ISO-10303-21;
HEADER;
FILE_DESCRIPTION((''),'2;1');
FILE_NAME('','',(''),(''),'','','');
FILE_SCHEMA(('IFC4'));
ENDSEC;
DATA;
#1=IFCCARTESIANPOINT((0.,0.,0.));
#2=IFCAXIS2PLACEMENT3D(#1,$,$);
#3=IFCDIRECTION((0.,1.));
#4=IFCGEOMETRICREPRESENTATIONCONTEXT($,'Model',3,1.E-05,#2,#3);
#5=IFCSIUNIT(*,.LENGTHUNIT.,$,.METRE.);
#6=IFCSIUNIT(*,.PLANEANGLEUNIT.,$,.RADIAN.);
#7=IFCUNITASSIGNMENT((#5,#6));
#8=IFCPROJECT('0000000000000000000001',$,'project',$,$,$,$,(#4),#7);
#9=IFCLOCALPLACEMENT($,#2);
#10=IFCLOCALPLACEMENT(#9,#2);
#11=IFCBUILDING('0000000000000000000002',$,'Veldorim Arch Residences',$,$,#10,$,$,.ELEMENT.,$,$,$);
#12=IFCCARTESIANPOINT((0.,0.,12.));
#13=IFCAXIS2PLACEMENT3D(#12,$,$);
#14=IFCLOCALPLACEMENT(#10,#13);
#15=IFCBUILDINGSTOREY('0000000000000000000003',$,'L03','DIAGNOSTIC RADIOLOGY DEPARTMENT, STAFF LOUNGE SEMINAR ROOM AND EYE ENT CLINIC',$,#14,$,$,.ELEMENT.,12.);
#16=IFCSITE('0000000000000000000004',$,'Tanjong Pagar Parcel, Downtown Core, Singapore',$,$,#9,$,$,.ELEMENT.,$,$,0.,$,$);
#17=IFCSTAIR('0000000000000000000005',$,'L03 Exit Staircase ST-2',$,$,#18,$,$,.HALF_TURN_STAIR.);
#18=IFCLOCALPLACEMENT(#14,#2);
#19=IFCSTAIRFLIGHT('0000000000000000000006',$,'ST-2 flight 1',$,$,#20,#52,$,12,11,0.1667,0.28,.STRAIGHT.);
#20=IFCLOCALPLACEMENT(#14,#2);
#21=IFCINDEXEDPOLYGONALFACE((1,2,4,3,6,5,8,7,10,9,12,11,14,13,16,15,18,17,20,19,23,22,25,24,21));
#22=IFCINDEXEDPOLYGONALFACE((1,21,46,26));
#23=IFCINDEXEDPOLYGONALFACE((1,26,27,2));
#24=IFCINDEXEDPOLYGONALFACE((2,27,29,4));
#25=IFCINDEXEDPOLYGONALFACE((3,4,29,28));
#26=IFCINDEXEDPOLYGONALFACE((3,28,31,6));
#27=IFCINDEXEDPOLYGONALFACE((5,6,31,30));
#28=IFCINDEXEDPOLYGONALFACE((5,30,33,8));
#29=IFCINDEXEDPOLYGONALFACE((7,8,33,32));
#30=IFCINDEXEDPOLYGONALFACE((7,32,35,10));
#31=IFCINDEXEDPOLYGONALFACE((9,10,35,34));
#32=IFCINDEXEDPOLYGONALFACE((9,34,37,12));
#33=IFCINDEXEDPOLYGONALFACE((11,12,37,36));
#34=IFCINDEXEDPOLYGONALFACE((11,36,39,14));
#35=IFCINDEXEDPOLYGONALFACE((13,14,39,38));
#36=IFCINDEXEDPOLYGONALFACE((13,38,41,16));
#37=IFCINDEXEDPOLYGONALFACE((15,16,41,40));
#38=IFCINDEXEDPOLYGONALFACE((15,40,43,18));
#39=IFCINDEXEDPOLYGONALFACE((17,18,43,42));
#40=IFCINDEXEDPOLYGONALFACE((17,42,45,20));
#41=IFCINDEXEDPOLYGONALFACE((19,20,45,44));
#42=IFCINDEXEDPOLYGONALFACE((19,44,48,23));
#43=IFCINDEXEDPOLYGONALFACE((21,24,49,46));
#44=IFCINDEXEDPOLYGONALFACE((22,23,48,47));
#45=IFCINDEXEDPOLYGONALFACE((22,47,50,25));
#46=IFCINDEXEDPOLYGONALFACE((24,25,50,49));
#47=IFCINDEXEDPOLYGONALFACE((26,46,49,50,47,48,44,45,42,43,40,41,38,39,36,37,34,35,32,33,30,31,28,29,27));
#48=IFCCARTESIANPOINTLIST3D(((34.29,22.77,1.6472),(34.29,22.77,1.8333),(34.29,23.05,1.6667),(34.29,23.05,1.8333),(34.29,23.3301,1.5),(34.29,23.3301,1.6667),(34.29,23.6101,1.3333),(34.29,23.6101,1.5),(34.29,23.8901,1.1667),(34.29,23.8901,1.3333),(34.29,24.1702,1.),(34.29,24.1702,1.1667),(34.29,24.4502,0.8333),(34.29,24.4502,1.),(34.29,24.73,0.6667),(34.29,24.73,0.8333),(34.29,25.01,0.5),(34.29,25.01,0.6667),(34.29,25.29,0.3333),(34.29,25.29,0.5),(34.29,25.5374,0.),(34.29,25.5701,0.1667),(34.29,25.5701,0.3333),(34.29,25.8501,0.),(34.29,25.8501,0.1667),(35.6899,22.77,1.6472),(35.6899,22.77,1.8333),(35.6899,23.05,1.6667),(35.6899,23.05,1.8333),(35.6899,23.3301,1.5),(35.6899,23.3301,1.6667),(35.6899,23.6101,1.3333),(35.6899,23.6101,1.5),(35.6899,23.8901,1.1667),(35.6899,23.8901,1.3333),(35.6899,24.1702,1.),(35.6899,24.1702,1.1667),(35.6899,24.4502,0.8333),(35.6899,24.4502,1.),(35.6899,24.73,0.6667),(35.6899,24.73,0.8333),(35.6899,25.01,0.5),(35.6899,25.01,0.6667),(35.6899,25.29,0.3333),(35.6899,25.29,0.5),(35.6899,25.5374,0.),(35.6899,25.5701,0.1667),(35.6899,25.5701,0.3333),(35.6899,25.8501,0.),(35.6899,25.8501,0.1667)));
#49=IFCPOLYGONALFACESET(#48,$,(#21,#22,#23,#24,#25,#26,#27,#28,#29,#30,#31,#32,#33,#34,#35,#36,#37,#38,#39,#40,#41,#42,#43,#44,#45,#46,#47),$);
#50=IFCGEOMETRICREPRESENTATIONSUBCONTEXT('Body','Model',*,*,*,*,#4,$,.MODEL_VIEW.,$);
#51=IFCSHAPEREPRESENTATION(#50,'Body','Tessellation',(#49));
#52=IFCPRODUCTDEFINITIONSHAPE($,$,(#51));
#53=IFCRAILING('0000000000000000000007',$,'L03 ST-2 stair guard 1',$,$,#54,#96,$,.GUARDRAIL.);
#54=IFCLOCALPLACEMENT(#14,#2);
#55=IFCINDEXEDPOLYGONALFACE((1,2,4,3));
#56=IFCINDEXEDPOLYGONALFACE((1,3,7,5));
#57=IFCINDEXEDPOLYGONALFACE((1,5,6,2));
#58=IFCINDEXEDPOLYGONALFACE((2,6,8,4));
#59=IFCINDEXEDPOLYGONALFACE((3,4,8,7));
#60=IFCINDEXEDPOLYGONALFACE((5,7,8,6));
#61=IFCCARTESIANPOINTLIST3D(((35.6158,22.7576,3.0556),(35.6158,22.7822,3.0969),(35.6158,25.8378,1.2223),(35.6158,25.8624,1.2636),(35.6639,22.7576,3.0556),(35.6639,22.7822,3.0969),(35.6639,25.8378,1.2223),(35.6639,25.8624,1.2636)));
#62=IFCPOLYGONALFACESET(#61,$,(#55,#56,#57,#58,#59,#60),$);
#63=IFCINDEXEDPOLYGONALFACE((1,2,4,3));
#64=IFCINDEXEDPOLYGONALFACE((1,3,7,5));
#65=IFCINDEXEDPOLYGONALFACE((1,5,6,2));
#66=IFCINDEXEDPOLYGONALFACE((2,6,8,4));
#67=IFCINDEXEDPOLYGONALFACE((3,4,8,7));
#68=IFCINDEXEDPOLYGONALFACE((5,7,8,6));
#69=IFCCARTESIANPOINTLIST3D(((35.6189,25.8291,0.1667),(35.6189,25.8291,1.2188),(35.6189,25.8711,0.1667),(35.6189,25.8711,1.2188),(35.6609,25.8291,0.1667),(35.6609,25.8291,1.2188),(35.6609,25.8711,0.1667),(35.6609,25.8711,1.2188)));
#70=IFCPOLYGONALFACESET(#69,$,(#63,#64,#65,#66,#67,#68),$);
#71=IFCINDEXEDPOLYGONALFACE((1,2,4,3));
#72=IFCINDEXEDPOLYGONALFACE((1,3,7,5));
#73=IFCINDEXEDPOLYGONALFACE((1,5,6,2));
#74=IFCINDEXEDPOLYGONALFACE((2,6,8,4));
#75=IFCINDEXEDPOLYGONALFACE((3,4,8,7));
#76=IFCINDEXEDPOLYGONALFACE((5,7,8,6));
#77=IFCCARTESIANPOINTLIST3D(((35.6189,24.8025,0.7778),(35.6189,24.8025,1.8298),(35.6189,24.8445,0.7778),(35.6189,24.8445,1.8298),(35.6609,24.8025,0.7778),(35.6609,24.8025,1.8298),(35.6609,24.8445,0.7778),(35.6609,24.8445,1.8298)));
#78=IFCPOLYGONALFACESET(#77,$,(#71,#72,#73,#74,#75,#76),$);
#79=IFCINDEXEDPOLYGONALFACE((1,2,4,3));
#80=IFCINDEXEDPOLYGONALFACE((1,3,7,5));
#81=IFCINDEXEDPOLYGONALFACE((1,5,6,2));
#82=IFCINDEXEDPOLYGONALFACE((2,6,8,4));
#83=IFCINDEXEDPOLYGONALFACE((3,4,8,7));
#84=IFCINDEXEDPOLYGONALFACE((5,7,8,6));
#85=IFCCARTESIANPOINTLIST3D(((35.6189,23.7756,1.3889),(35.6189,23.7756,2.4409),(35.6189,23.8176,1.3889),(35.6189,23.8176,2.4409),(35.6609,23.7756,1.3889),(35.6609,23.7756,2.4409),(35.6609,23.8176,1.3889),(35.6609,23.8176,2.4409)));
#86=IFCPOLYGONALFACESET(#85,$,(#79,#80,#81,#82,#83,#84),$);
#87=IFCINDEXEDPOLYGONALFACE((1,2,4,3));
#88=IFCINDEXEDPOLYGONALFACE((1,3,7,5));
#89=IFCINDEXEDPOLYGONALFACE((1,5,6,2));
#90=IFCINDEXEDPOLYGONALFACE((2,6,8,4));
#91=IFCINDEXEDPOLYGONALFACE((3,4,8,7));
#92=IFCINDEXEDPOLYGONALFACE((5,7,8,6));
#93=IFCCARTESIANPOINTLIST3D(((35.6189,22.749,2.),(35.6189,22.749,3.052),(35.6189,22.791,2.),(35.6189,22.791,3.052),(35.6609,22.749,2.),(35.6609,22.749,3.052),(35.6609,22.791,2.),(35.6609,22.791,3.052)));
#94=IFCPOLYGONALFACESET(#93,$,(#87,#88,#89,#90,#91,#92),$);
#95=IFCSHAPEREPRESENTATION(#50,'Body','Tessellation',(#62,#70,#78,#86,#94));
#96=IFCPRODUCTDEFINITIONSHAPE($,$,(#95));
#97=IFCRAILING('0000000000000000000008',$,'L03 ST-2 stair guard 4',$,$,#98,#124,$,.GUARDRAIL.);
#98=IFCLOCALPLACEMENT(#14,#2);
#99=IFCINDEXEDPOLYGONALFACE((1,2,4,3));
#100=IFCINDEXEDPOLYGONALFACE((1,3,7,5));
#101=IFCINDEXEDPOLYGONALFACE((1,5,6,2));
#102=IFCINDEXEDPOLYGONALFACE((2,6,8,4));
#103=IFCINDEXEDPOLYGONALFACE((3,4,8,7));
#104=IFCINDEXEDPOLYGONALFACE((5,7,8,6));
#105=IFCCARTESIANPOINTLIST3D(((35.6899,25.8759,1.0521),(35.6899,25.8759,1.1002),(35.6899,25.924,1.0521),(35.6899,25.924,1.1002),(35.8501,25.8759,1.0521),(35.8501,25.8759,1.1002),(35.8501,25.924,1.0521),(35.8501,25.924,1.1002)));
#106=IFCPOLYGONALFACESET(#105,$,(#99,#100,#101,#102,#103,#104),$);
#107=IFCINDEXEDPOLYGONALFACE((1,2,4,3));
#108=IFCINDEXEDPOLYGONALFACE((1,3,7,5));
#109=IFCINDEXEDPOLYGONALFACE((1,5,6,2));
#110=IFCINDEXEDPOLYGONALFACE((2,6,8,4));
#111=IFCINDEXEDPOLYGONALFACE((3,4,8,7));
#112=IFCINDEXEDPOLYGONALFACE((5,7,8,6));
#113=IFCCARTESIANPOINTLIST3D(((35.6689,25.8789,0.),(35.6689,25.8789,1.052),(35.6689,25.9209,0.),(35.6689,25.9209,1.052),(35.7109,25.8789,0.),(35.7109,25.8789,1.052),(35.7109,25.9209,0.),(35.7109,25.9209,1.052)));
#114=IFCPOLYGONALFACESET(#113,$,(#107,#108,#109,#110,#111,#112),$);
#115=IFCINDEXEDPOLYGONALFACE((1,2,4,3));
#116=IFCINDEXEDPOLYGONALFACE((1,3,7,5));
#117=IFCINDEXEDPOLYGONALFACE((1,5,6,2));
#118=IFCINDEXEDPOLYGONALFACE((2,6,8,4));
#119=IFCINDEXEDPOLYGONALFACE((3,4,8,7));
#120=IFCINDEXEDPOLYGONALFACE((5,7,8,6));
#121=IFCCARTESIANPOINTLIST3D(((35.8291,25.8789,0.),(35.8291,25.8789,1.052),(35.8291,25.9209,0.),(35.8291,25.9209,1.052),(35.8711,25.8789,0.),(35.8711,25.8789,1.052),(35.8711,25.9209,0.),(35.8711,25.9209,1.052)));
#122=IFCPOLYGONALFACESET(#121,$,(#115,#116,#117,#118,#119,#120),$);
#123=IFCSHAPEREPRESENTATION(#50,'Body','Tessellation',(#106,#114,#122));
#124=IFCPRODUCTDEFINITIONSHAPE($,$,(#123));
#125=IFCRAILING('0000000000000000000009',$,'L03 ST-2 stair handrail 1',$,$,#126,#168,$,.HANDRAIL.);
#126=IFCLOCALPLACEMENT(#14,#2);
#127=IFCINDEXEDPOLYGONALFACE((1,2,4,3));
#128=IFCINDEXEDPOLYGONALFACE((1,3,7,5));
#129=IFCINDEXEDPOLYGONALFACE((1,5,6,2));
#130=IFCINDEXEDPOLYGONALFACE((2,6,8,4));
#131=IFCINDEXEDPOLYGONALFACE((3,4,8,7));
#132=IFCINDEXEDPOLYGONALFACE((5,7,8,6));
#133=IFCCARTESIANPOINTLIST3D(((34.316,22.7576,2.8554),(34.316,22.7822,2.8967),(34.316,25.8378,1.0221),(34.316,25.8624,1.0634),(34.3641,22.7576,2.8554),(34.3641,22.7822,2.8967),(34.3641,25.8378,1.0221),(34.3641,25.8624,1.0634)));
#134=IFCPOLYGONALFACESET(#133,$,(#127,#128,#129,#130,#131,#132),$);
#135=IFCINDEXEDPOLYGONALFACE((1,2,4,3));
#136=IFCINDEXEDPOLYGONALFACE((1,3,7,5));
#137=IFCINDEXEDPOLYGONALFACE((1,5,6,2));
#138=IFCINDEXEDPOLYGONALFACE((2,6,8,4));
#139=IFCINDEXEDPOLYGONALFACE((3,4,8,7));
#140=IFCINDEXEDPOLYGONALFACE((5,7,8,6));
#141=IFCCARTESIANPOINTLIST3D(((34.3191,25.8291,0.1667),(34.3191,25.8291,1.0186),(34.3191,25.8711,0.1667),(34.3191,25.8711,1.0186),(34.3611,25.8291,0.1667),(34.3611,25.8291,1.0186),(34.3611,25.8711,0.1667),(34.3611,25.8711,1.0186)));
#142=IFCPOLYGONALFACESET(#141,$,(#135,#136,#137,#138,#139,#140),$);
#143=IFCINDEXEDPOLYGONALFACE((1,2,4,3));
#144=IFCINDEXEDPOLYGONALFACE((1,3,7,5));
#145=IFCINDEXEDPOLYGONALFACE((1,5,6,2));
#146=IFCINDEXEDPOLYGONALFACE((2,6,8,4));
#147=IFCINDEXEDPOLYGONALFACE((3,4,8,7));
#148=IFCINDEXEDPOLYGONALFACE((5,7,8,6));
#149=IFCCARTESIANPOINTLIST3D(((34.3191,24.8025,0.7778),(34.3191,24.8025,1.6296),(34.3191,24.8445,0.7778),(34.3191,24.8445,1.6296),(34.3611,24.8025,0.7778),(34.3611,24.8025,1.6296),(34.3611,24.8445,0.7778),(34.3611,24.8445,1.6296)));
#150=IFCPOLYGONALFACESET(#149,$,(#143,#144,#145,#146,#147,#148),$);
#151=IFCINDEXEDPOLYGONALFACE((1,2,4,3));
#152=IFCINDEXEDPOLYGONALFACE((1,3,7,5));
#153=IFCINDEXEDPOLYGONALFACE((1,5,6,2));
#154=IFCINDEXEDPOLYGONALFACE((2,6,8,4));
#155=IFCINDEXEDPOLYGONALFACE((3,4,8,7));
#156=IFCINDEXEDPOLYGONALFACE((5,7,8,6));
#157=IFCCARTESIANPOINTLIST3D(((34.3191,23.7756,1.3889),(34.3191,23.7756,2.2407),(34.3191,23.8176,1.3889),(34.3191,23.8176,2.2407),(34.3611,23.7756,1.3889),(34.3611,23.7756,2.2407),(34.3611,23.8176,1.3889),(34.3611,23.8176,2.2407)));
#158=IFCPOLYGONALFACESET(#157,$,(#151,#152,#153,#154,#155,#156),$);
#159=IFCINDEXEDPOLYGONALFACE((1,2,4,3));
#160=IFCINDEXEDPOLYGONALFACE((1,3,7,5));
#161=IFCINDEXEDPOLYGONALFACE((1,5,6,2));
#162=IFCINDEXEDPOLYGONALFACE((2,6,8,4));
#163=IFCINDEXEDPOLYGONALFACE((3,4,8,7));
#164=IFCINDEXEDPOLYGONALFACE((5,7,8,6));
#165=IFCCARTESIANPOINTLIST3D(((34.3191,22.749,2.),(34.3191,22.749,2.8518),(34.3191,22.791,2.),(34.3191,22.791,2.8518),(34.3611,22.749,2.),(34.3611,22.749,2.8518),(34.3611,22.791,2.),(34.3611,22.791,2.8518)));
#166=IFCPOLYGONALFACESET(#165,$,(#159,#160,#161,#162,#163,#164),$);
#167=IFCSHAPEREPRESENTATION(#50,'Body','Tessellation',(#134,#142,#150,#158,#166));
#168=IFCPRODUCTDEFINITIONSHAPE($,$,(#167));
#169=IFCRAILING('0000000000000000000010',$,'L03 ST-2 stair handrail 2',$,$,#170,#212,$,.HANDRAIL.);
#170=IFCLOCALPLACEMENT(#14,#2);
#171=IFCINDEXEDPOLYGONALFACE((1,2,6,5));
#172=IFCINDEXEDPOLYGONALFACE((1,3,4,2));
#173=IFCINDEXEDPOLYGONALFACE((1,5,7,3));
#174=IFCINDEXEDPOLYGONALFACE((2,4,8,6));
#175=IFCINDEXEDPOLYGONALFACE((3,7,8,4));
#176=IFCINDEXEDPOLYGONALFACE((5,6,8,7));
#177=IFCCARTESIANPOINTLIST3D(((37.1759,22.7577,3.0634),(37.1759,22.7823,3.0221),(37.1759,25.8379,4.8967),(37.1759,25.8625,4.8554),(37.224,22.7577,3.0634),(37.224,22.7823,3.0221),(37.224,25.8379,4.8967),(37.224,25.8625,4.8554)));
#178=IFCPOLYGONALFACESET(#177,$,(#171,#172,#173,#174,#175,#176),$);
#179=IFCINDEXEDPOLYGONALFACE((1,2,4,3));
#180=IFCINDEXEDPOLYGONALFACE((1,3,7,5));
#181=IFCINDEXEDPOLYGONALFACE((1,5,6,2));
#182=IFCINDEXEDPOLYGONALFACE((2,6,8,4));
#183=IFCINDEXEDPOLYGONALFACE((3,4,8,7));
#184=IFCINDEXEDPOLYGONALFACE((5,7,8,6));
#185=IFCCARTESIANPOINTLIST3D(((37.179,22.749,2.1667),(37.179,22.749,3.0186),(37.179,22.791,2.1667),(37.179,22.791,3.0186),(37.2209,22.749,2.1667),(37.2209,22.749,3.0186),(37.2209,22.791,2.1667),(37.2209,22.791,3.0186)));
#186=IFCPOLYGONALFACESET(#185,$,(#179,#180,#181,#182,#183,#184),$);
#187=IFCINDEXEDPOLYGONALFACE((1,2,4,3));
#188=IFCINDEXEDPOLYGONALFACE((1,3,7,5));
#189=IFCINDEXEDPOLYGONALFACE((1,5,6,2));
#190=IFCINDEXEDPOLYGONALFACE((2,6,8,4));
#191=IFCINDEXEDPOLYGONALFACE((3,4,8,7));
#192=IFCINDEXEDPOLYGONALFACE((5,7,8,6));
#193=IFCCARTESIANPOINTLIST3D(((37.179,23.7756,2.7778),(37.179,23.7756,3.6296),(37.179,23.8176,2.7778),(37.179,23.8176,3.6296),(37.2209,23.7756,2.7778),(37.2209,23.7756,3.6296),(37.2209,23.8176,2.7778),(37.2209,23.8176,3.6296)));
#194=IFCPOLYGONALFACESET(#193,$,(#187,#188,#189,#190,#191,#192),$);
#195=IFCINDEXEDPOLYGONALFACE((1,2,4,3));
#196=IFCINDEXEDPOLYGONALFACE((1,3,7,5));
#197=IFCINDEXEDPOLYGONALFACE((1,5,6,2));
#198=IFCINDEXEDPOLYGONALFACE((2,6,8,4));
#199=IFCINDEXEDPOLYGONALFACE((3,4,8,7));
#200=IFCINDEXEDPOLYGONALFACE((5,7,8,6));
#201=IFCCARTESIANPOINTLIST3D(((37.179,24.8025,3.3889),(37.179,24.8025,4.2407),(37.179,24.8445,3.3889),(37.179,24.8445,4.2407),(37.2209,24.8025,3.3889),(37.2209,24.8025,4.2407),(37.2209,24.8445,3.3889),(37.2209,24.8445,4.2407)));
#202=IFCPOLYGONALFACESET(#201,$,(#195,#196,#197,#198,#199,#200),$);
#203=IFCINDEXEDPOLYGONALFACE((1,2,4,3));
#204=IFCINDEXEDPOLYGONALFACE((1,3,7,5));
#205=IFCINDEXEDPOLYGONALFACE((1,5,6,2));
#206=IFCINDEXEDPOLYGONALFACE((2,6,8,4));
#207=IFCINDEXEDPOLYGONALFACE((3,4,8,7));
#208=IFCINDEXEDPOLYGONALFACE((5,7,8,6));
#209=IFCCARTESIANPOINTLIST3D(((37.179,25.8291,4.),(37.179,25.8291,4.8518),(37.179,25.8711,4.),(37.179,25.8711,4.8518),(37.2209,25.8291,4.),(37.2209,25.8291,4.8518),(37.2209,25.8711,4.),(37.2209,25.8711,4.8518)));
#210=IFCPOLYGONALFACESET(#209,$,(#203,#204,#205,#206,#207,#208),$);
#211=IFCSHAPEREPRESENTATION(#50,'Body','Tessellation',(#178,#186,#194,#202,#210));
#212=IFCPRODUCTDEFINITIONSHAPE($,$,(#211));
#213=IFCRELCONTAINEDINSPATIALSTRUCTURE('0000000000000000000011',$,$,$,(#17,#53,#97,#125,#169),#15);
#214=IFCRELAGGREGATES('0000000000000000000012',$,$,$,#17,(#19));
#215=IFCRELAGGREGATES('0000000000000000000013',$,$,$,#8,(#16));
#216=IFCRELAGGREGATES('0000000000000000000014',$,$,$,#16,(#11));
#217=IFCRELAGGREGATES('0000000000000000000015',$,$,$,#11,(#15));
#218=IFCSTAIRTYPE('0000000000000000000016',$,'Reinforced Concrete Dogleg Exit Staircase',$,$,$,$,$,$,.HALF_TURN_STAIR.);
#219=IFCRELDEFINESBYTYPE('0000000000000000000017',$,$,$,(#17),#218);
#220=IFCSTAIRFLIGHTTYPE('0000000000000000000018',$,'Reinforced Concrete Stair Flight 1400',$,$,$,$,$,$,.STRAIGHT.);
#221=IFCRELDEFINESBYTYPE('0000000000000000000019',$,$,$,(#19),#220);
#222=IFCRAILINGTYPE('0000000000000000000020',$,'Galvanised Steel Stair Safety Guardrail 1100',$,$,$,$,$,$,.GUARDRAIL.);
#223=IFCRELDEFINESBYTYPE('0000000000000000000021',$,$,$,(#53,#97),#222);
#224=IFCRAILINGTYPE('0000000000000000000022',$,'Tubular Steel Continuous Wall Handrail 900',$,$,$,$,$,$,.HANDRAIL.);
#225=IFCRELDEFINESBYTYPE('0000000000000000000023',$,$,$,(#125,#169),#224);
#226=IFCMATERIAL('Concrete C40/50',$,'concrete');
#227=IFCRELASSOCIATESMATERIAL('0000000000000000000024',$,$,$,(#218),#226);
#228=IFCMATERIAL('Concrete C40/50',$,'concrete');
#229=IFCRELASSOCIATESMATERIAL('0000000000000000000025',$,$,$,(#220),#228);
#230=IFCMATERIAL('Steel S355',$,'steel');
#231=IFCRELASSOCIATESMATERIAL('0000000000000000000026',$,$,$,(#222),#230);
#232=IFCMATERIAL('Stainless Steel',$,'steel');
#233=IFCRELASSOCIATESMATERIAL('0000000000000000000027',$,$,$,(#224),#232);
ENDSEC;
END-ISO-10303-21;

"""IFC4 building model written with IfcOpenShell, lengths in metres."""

from ifc_helpers import new_model, si_unit, direction, frame, origin, origin_2d, place, context, subcontext, project, spatial, polyline, rectangle, outline, extrude, material, type_object, element, aggregate, save


model = new_model("IFC4")

# Units and contexts
model_context = context("Model", 3, precision=1e-05, world=origin(), true_north=direction((0.0, 1.0)))
body_context = subcontext(model_context, "Body", "Model", "MODEL_VIEW")
ifc_project = project(units=[si_unit("LENGTHUNIT", "METRE"), si_unit("PLANEANGLEUNIT", "RADIAN")], contexts=[model_context])

# Site, building, storey
site_placement = place(None, origin())
site = spatial("IfcSite", under=ifc_project, at=site_placement, Name="Tanjong Pagar Parcel, Downtown Core, Singapore", CompositionType="ELEMENT", RefElevation=0.0)
building_placement = place(site_placement, origin())
building = spatial("IfcBuilding", under=site, at=building_placement, Name="Veldorim Arch Residences", CompositionType="ELEMENT")
storey_placement = place(building_placement, frame((0.0, 0.0, 12.0)))
storey = spatial("IfcBuildingStorey", under=building, at=storey_placement, Name="L03", Description="DIAGNOSTIC RADIOLOGY DEPARTMENT, STAFF LOUNGE SEMINAR ROOM AND EYE ENT CLINIC", CompositionType="ELEMENT", Elevation=12.0)

# Stair, stair flight
ifc_material_1 = material(Name="Concrete C40/50", Category="concrete")
stair_type = type_object("IfcStairType", Name="Reinforced Concrete Dogleg Exit Staircase", PredefinedType="HALF_TURN_STAIR", material=ifc_material_1)
stair_placement = place(storey_placement, origin())
stair = element("IfcStair", 1, at=stair_placement, inside=storey, type_object=stair_type, Name="L03 Exit Staircase ST-2", PredefinedType="HALF_TURN_STAIR")
ifc_material_2 = material(Name="Concrete C40/50", Category="concrete")
stair_flight_type = type_object("IfcStairFlightType", Name="Reinforced Concrete Stair Flight 1400", PredefinedType="STRAIGHT", material=ifc_material_2)
stair_flight_placement = place(storey_placement, frame((34.99, 25.8501, 0.0), z_axis=(0.0, 0.0, 1.0), x_axis=(0.0, -1.0, 0.0)))
stair_flight = element("IfcStairFlight", 2, at=stair_flight_placement, type_object=stair_flight_type, Name="ST-2 flight 1", NumberOfRisers=12, NumberOfTreads=11, PredefinedType="STRAIGHT", RiserHeight=0.1667, TreadLength=0.28, context=body_context, shape_type="SweptSolid", body=[
    extrude(outline(polyline([(0.0, 0.0), (0.0, 0.1667), (0.28, 0.1667), (0.28, 0.3333), (0.5601, 0.3333), (0.5601, 0.5), (0.8401, 0.5), (0.8401, 0.6667), (1.1201, 0.6667), (1.1201, 0.8333), (1.3999, 0.8333), (1.3999, 1.0), (1.6799, 1.0), (1.6799, 1.1667), (1.96, 1.1667), (1.96, 1.3333), (2.24, 1.3333), (2.24, 1.5), (2.52, 1.5), (2.52, 1.6667), (2.8, 1.6667), (2.8, 1.8333), (3.0801, 1.8333), (3.0801, 2.0), (3.0801, 1.6472), (0.3127, 0.0), (0.0, 0.0)])), frame((0.0, 0.7, 0.0), z_axis=(0.0, -1.0, 0.0), x_axis=(1.0, 0.0, 0.0)), (0.0, 0.0, 1.0), 1.3999),
])
aggregate(stair, [stair_flight])

# Railings
ifc_material_3 = material(Name="Steel S355", Category="steel")
railing_type_1 = type_object("IfcRailingType", Name="Galvanised Steel Stair Safety Guardrail 1100", PredefinedType="GUARDRAIL", material=ifc_material_3)
railing_1_placement = place(storey_placement, frame((35.6399, 25.8501, 0.1667)))
element("IfcRailing", 3, at=railing_1_placement, inside=storey, type_object=railing_type_1, Name="L03 ST-2 stair guard 1", PredefinedType="GUARDRAIL", context=body_context, shape_type="SweptSolid", body=[
    extrude(rectangle(XDim=0.0481, YDim=0.0481, at=origin_2d()), frame((0.0, 0.0, 1.0762), z_axis=(0.0, -0.859309, 0.511458), x_axis=(1.0, 0.0, 0.0)), (0.0, 0.0, 1.0), 3.5845),
    extrude(rectangle(XDim=0.042, YDim=0.042, at=origin_2d()), origin(), (0.0, 0.0, 1.0), 1.052),
    extrude(rectangle(XDim=0.042, YDim=0.042, at=origin_2d()), frame((0.0, -1.0266, 0.6111)), (0.0, 0.0, 1.0), 1.052),
    extrude(rectangle(XDim=0.042, YDim=0.042, at=origin_2d()), frame((0.0, -2.0535, 1.2222)), (0.0, 0.0, 1.0), 1.052),
    extrude(rectangle(XDim=0.042, YDim=0.042, at=origin_2d()), frame((0.0, -3.0801, 1.8333)), (0.0, 0.0, 1.0), 1.052),
])
railing_2_placement = place(storey_placement, frame((35.6899, 25.8999, 0.0)))
element("IfcRailing", 4, at=railing_2_placement, inside=storey, type_object=railing_type_1, Name="L03 ST-2 stair guard 4", PredefinedType="GUARDRAIL", context=body_context, shape_type="SweptSolid", body=[
    extrude(rectangle(XDim=0.0481, YDim=0.0481, at=origin_2d()), frame((0.0, 0.0, 1.0762), z_axis=(1.0, 0.0, 0.0), x_axis=(0.0, 1.0, 0.0)), (0.0, 0.0, 1.0), 0.1602),
    extrude(rectangle(XDim=0.042, YDim=0.042, at=origin_2d()), origin(), (0.0, 0.0, 1.0), 1.052),
    extrude(rectangle(XDim=0.042, YDim=0.042, at=origin_2d()), frame((0.1602, 0.0, 0.0)), (0.0, 0.0, 1.0), 1.052),
])
ifc_material_4 = material(Name="Stainless Steel", Category="steel")
railing_type_2 = type_object("IfcRailingType", Name="Tubular Steel Continuous Wall Handrail 900", PredefinedType="HANDRAIL", material=ifc_material_4)
railing_3_placement = place(storey_placement, frame((34.3401, 25.8501, 0.1667)))
element("IfcRailing", 5, at=railing_3_placement, inside=storey, type_object=railing_type_2, Name="L03 ST-2 stair handrail 1", PredefinedType="HANDRAIL", context=body_context, shape_type="SweptSolid", body=[
    extrude(rectangle(XDim=0.0481, YDim=0.0481, at=origin_2d()), frame((0.0, 0.0, 0.876), z_axis=(0.0, -0.859309, 0.511458), x_axis=(1.0, 0.0, 0.0)), (0.0, 0.0, 1.0), 3.5845),
    extrude(rectangle(XDim=0.042, YDim=0.042, at=origin_2d()), origin(), (0.0, 0.0, 1.0), 0.8518),
    extrude(rectangle(XDim=0.042, YDim=0.042, at=origin_2d()), frame((0.0, -1.0266, 0.6111)), (0.0, 0.0, 1.0), 0.8518),
    extrude(rectangle(XDim=0.042, YDim=0.042, at=origin_2d()), frame((0.0, -2.0535, 1.2222)), (0.0, 0.0, 1.0), 0.8518),
    extrude(rectangle(XDim=0.042, YDim=0.042, at=origin_2d()), frame((0.0, -3.0801, 1.8333)), (0.0, 0.0, 1.0), 0.8518),
])
railing_4_placement = place(storey_placement, frame((37.2, 22.77, 2.1667)))
element("IfcRailing", 6, at=railing_4_placement, inside=storey, type_object=railing_type_2, Name="L03 ST-2 stair handrail 2", PredefinedType="HANDRAIL", context=body_context, shape_type="SweptSolid", body=[
    extrude(rectangle(XDim=0.0481, YDim=0.0481, at=origin_2d()), frame((0.0, 0.0, 0.876), z_axis=(0.0, 0.859309, 0.511458), x_axis=(-1.0, 0.0, 0.0)), (0.0, 0.0, 1.0), 3.5845),
    extrude(rectangle(XDim=0.042, YDim=0.042, at=origin_2d()), origin(), (0.0, 0.0, 1.0), 0.8518),
    extrude(rectangle(XDim=0.042, YDim=0.042, at=origin_2d()), frame((0.0, 1.0266, 0.6111)), (0.0, 0.0, 1.0), 0.8518),
    extrude(rectangle(XDim=0.042, YDim=0.042, at=origin_2d()), frame((0.0, 2.0535, 1.2222)), (0.0, 0.0, 1.0), 0.8518),
    extrude(rectangle(XDim=0.042, YDim=0.042, at=origin_2d()), frame((0.0, 3.0801, 1.8333)), (0.0, 0.0, 1.0), 0.8518),
])

save(model, "model.ifc")
